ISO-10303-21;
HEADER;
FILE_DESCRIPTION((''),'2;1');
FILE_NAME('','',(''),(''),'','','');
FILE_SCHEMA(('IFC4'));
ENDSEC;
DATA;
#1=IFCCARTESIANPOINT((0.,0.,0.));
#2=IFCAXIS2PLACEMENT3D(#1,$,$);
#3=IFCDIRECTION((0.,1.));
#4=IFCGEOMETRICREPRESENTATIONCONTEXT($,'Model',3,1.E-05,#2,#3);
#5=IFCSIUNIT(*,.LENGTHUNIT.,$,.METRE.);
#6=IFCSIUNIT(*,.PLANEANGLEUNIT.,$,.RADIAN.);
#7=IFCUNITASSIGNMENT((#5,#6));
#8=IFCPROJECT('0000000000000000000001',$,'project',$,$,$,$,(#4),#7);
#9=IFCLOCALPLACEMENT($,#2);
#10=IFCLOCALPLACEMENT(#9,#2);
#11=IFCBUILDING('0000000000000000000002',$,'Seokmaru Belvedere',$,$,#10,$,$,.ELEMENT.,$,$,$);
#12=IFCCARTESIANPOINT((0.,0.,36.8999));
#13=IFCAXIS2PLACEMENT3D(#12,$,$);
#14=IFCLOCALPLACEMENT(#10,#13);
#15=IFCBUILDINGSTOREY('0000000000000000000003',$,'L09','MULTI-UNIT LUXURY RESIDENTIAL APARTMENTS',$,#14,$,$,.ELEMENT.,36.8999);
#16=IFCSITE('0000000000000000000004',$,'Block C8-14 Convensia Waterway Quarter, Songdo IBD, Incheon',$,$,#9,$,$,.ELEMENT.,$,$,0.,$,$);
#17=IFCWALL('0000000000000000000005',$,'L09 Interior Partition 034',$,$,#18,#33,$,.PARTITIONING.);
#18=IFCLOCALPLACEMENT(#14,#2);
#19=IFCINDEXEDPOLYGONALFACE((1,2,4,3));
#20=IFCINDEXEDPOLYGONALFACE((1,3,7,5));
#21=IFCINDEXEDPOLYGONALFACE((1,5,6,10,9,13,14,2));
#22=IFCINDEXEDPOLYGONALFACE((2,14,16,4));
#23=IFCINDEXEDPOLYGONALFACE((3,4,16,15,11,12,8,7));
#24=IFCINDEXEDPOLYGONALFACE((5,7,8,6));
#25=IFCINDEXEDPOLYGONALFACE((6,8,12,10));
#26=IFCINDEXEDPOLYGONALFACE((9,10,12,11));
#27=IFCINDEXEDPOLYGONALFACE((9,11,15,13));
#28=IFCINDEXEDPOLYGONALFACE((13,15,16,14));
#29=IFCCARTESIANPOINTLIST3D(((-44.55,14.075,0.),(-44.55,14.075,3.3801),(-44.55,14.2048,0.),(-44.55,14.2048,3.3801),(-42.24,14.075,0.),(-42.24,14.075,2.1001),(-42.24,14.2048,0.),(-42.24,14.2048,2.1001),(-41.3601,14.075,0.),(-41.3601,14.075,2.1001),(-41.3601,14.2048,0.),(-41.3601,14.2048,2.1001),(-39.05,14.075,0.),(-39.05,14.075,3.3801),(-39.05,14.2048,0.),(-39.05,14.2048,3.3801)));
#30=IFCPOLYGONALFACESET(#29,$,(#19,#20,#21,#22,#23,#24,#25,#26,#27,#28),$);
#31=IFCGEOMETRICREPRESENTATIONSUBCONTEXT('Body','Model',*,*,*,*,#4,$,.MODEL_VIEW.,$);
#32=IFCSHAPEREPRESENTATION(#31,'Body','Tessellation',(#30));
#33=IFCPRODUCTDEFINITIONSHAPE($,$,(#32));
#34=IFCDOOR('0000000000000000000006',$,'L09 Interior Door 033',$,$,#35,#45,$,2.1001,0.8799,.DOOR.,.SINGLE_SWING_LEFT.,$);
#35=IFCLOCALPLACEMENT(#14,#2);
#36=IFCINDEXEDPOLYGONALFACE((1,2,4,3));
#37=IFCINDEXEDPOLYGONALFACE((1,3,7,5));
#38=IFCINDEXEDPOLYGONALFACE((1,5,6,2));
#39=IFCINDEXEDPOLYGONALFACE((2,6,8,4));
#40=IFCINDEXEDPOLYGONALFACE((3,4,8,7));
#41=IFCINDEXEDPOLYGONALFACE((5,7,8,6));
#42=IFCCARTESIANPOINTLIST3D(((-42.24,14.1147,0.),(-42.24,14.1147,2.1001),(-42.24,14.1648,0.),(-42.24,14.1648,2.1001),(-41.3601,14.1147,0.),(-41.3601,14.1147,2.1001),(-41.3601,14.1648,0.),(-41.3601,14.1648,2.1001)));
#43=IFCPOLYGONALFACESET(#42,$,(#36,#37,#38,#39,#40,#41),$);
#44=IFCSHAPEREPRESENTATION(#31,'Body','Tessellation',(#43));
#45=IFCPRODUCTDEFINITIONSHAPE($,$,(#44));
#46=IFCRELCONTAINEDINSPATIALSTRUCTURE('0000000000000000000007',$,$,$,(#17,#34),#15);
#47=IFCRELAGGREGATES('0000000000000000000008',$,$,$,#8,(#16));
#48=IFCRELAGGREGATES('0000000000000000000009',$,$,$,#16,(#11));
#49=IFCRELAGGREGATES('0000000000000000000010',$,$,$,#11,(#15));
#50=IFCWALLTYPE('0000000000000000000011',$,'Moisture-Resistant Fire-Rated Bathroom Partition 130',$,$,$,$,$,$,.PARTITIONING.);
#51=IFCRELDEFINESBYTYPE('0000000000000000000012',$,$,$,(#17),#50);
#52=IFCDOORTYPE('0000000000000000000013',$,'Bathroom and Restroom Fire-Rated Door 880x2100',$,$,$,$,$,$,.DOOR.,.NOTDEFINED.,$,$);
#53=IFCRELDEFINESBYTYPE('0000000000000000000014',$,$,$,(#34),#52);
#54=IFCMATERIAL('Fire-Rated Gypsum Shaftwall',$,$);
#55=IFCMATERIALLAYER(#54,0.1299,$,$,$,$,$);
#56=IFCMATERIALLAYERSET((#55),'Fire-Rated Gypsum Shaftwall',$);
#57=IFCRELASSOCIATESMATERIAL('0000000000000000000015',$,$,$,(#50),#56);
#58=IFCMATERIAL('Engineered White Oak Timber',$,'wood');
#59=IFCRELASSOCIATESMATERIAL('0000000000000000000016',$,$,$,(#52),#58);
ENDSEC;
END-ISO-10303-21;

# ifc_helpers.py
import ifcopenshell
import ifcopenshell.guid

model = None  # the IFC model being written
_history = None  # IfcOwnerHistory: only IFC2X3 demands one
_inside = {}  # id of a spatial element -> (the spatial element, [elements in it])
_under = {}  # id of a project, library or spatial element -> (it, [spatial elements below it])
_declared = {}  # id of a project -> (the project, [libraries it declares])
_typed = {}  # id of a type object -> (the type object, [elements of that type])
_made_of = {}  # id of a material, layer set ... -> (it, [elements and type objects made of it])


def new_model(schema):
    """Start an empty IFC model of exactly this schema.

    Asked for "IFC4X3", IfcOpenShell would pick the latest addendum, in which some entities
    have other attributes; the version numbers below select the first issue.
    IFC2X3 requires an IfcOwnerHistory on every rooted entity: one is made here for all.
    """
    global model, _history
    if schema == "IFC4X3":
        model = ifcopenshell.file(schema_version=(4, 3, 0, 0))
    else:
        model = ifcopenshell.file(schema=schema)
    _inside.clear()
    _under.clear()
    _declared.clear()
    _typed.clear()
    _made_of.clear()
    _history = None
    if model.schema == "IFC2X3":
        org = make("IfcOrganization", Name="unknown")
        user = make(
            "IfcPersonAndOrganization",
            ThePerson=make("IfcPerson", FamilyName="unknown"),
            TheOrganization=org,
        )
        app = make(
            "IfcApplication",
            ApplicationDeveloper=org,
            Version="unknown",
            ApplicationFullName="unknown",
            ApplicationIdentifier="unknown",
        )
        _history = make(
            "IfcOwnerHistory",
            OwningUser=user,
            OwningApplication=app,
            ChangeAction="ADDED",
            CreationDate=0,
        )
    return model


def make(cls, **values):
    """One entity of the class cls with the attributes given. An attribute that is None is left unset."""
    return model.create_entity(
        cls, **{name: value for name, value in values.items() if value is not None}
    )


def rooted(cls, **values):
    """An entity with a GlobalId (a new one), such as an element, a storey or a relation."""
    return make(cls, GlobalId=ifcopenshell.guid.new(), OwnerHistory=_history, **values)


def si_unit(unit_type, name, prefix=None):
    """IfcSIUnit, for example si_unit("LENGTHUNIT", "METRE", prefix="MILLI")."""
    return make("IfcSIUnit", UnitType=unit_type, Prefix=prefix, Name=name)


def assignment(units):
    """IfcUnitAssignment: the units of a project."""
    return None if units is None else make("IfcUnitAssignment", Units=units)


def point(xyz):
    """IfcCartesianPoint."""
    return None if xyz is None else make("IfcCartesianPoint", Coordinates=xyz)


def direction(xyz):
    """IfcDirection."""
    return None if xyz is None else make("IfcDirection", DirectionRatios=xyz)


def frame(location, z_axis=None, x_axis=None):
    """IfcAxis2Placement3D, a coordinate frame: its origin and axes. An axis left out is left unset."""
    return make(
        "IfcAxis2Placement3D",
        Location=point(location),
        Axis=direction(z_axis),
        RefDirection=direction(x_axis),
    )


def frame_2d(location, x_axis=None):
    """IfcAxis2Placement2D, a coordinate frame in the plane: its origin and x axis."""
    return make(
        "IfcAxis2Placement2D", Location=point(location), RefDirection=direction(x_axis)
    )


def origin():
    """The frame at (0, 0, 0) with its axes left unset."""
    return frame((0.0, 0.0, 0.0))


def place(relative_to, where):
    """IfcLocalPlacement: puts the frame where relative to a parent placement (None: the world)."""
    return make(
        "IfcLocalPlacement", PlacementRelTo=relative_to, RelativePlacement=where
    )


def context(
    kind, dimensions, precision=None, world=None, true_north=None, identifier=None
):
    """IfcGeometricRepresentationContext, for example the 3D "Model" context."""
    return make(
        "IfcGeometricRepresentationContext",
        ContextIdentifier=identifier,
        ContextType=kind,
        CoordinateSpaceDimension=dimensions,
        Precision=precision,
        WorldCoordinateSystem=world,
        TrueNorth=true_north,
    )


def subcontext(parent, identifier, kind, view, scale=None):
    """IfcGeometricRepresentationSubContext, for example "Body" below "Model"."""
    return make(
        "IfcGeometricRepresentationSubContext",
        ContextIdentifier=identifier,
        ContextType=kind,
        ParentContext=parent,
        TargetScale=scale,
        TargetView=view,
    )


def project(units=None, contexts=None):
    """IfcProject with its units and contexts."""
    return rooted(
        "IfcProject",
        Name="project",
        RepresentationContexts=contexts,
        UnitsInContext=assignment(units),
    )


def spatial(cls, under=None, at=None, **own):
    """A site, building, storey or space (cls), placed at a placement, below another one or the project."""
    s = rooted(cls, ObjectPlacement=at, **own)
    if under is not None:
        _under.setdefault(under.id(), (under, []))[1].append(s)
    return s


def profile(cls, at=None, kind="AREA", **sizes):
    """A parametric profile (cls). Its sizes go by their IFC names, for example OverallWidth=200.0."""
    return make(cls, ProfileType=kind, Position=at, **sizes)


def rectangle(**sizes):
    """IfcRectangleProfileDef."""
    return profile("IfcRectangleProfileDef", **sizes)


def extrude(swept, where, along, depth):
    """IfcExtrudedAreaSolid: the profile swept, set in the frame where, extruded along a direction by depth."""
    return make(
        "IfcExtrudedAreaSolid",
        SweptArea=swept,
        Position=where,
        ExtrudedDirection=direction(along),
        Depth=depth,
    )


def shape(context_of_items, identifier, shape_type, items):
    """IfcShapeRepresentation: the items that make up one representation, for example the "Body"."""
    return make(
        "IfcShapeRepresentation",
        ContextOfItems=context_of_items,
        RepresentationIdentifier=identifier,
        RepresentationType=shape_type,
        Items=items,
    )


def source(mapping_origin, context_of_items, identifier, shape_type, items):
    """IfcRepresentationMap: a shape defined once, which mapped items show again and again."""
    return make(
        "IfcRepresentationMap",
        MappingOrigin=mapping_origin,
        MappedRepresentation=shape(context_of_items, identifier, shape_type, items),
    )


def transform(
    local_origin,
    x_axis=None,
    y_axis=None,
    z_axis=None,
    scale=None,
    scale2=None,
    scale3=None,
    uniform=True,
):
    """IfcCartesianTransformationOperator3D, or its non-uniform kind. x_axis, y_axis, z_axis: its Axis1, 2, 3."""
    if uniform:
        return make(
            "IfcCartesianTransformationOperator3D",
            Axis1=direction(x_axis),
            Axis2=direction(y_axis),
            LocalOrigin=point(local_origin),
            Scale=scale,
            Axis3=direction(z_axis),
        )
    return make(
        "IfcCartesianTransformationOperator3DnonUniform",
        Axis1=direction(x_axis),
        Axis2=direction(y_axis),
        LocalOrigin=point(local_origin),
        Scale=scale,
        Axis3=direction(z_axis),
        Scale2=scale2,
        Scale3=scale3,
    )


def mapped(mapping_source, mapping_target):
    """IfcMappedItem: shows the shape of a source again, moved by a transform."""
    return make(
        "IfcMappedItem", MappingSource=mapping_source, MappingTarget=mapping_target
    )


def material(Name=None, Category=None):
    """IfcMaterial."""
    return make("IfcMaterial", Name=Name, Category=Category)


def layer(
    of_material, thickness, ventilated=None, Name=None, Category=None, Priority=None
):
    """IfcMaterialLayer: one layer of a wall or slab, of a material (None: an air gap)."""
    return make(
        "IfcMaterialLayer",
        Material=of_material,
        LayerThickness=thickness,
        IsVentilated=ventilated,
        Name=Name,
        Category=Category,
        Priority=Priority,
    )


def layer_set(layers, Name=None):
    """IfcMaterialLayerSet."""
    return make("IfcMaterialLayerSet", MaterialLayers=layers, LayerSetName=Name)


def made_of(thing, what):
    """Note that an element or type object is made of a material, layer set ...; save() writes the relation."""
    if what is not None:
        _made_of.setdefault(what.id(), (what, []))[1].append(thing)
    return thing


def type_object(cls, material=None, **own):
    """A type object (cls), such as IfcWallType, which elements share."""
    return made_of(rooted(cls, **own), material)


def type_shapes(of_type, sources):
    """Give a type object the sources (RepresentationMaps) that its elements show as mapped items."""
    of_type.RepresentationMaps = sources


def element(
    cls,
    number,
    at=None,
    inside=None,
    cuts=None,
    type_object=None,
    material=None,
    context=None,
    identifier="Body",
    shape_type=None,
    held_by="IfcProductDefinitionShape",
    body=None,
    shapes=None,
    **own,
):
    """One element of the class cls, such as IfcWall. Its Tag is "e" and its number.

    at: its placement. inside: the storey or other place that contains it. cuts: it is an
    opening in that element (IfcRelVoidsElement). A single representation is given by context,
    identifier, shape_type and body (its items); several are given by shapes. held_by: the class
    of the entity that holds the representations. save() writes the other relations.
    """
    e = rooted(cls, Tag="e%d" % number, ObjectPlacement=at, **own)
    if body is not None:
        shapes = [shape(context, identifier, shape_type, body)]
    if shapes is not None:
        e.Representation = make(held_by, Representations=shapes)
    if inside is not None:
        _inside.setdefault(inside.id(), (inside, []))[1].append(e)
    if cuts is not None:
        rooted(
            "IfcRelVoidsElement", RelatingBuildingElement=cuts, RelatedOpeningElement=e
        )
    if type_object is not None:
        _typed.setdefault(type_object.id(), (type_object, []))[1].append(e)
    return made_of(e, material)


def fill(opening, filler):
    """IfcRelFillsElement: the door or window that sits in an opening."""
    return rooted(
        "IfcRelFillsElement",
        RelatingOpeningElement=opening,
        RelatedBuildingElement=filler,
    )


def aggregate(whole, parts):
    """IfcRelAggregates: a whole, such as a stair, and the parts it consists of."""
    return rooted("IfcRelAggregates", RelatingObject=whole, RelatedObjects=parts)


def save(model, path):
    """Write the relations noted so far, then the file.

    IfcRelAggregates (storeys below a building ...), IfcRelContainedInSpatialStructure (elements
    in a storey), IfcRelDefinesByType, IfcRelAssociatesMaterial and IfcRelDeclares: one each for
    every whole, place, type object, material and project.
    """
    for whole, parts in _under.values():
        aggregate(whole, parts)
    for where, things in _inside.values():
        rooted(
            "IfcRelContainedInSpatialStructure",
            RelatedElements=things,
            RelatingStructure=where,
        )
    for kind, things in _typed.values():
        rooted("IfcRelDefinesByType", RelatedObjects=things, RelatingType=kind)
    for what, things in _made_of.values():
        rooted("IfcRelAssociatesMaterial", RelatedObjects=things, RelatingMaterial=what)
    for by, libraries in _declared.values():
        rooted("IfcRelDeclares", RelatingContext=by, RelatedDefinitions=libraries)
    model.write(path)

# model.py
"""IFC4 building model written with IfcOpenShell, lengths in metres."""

from ifc_helpers import new_model, si_unit, direction, frame, frame_2d, origin, place, context, subcontext, project, spatial, rectangle, extrude, source, transform, mapped, material, layer, layer_set, type_object, type_shapes, element, fill, save


model = new_model("IFC4")

# Units and contexts
model_context = context("Model", 3, precision=1e-05, world=origin(), true_north=direction((0.0, 1.0)))
body_context = subcontext(model_context, "Body", "Model", "MODEL_VIEW")
ifc_project = project(units=[si_unit("LENGTHUNIT", "METRE"), si_unit("PLANEANGLEUNIT", "RADIAN")], contexts=[model_context])

# Site, building, storey
site_placement = place(None, origin())
site = spatial("IfcSite", under=ifc_project, at=site_placement, Name="Block C8-14 Convensia Waterway Quarter, Songdo IBD, Incheon", CompositionType="ELEMENT", RefElevation=0.0)
building_placement = place(site_placement, origin())
building = spatial("IfcBuilding", under=site, at=building_placement, Name="Seokmaru Belvedere", CompositionType="ELEMENT")
storey_placement = place(building_placement, frame((0.0, 0.0, 36.8999)))
storey = spatial("IfcBuildingStorey", under=building, at=storey_placement, Name="L09", Description="MULTI-UNIT LUXURY RESIDENTIAL APARTMENTS", CompositionType="ELEMENT", Elevation=36.8999)

# Shared definitions
ifc_material_1 = material(Name="Fire-Rated Gypsum Shaftwall")
ifc_material_2 = material(Name="Engineered White Oak Timber", Category="wood")

# Wall, opening, door
ifc_layer_1 = layer(ifc_material_1, 0.1299)
ifc_layer_set_1 = layer_set([ifc_layer_1], Name="Fire-Rated Gypsum Shaftwall")
wall_type_1 = type_object("IfcWallType", Name="Moisture-Resistant Fire-Rated Bathroom Partition 130", PredefinedType="PARTITIONING", material=ifc_layer_set_1)
wall_1_placement = place(storey_placement, frame((-44.55, 14.1399, 0.0), z_axis=(0.0, 0.0, 1.0), x_axis=(1.0, 0.0, 0.0)))
wall_1 = element("IfcWall", 1, at=wall_1_placement, inside=storey, type_object=wall_type_1, Name="L09 Interior Partition 034", PredefinedType="PARTITIONING", context=body_context, shape_type="SweptSolid", body=[
    extrude(rectangle(XDim=5.5, YDim=0.1299, at=frame_2d((2.75, 0.0))), origin(), (0.0, 0.0, 1.0), 3.3801),
])
opening_1_placement = place(wall_1_placement, frame((2.3101, 0.0, 0.0)))
opening_1 = element("IfcOpeningElement", 2, at=opening_1_placement, cuts=wall_1, PredefinedType="OPENING", context=body_context, shape_type="SweptSolid", body=[
    extrude(rectangle(XDim=0.8799, YDim=2.1001, at=frame_2d((0.4399, 1.05))), frame((0.0, 0.075, 0.0), z_axis=(0.0, -1.0, 0.0), x_axis=(1.0, 0.0, 0.0)), (0.0, 0.0, 1.0), 0.1499),
])
door_type_1 = type_object("IfcDoorType", Name="Bathroom and Restroom Fire-Rated Door 880x2100", OperationType="NOTDEFINED", PredefinedType="DOOR", material=ifc_material_2)
shared_shape_1 = source(origin(), body_context, "Body", "SweptSolid", [
    extrude(rectangle(XDim=0.8799, YDim=2.1001, at=frame_2d((0.4399, 1.05))), frame((0.0, 0.0249, 0.0), z_axis=(0.0, -1.0, 0.0), x_axis=(1.0, 0.0, 0.0)), (0.0, 0.0, 1.0), 0.05),
])
type_shapes(door_type_1, [shared_shape_1])
door_1_placement = place(opening_1_placement, origin())
door_1 = element("IfcDoor", 3, at=door_1_placement, inside=storey, type_object=door_type_1, Name="L09 Interior Door 033", OperationType="SINGLE_SWING_LEFT", OverallHeight=2.1001, OverallWidth=0.8799, PredefinedType="DOOR", context=body_context, shape_type="MappedRepresentation", body=[
    mapped(shared_shape_1, transform((0.0, 0.0, 0.0), scale=1.0)),
])
fill(opening_1, door_1)

save(model, "model.ifc")
